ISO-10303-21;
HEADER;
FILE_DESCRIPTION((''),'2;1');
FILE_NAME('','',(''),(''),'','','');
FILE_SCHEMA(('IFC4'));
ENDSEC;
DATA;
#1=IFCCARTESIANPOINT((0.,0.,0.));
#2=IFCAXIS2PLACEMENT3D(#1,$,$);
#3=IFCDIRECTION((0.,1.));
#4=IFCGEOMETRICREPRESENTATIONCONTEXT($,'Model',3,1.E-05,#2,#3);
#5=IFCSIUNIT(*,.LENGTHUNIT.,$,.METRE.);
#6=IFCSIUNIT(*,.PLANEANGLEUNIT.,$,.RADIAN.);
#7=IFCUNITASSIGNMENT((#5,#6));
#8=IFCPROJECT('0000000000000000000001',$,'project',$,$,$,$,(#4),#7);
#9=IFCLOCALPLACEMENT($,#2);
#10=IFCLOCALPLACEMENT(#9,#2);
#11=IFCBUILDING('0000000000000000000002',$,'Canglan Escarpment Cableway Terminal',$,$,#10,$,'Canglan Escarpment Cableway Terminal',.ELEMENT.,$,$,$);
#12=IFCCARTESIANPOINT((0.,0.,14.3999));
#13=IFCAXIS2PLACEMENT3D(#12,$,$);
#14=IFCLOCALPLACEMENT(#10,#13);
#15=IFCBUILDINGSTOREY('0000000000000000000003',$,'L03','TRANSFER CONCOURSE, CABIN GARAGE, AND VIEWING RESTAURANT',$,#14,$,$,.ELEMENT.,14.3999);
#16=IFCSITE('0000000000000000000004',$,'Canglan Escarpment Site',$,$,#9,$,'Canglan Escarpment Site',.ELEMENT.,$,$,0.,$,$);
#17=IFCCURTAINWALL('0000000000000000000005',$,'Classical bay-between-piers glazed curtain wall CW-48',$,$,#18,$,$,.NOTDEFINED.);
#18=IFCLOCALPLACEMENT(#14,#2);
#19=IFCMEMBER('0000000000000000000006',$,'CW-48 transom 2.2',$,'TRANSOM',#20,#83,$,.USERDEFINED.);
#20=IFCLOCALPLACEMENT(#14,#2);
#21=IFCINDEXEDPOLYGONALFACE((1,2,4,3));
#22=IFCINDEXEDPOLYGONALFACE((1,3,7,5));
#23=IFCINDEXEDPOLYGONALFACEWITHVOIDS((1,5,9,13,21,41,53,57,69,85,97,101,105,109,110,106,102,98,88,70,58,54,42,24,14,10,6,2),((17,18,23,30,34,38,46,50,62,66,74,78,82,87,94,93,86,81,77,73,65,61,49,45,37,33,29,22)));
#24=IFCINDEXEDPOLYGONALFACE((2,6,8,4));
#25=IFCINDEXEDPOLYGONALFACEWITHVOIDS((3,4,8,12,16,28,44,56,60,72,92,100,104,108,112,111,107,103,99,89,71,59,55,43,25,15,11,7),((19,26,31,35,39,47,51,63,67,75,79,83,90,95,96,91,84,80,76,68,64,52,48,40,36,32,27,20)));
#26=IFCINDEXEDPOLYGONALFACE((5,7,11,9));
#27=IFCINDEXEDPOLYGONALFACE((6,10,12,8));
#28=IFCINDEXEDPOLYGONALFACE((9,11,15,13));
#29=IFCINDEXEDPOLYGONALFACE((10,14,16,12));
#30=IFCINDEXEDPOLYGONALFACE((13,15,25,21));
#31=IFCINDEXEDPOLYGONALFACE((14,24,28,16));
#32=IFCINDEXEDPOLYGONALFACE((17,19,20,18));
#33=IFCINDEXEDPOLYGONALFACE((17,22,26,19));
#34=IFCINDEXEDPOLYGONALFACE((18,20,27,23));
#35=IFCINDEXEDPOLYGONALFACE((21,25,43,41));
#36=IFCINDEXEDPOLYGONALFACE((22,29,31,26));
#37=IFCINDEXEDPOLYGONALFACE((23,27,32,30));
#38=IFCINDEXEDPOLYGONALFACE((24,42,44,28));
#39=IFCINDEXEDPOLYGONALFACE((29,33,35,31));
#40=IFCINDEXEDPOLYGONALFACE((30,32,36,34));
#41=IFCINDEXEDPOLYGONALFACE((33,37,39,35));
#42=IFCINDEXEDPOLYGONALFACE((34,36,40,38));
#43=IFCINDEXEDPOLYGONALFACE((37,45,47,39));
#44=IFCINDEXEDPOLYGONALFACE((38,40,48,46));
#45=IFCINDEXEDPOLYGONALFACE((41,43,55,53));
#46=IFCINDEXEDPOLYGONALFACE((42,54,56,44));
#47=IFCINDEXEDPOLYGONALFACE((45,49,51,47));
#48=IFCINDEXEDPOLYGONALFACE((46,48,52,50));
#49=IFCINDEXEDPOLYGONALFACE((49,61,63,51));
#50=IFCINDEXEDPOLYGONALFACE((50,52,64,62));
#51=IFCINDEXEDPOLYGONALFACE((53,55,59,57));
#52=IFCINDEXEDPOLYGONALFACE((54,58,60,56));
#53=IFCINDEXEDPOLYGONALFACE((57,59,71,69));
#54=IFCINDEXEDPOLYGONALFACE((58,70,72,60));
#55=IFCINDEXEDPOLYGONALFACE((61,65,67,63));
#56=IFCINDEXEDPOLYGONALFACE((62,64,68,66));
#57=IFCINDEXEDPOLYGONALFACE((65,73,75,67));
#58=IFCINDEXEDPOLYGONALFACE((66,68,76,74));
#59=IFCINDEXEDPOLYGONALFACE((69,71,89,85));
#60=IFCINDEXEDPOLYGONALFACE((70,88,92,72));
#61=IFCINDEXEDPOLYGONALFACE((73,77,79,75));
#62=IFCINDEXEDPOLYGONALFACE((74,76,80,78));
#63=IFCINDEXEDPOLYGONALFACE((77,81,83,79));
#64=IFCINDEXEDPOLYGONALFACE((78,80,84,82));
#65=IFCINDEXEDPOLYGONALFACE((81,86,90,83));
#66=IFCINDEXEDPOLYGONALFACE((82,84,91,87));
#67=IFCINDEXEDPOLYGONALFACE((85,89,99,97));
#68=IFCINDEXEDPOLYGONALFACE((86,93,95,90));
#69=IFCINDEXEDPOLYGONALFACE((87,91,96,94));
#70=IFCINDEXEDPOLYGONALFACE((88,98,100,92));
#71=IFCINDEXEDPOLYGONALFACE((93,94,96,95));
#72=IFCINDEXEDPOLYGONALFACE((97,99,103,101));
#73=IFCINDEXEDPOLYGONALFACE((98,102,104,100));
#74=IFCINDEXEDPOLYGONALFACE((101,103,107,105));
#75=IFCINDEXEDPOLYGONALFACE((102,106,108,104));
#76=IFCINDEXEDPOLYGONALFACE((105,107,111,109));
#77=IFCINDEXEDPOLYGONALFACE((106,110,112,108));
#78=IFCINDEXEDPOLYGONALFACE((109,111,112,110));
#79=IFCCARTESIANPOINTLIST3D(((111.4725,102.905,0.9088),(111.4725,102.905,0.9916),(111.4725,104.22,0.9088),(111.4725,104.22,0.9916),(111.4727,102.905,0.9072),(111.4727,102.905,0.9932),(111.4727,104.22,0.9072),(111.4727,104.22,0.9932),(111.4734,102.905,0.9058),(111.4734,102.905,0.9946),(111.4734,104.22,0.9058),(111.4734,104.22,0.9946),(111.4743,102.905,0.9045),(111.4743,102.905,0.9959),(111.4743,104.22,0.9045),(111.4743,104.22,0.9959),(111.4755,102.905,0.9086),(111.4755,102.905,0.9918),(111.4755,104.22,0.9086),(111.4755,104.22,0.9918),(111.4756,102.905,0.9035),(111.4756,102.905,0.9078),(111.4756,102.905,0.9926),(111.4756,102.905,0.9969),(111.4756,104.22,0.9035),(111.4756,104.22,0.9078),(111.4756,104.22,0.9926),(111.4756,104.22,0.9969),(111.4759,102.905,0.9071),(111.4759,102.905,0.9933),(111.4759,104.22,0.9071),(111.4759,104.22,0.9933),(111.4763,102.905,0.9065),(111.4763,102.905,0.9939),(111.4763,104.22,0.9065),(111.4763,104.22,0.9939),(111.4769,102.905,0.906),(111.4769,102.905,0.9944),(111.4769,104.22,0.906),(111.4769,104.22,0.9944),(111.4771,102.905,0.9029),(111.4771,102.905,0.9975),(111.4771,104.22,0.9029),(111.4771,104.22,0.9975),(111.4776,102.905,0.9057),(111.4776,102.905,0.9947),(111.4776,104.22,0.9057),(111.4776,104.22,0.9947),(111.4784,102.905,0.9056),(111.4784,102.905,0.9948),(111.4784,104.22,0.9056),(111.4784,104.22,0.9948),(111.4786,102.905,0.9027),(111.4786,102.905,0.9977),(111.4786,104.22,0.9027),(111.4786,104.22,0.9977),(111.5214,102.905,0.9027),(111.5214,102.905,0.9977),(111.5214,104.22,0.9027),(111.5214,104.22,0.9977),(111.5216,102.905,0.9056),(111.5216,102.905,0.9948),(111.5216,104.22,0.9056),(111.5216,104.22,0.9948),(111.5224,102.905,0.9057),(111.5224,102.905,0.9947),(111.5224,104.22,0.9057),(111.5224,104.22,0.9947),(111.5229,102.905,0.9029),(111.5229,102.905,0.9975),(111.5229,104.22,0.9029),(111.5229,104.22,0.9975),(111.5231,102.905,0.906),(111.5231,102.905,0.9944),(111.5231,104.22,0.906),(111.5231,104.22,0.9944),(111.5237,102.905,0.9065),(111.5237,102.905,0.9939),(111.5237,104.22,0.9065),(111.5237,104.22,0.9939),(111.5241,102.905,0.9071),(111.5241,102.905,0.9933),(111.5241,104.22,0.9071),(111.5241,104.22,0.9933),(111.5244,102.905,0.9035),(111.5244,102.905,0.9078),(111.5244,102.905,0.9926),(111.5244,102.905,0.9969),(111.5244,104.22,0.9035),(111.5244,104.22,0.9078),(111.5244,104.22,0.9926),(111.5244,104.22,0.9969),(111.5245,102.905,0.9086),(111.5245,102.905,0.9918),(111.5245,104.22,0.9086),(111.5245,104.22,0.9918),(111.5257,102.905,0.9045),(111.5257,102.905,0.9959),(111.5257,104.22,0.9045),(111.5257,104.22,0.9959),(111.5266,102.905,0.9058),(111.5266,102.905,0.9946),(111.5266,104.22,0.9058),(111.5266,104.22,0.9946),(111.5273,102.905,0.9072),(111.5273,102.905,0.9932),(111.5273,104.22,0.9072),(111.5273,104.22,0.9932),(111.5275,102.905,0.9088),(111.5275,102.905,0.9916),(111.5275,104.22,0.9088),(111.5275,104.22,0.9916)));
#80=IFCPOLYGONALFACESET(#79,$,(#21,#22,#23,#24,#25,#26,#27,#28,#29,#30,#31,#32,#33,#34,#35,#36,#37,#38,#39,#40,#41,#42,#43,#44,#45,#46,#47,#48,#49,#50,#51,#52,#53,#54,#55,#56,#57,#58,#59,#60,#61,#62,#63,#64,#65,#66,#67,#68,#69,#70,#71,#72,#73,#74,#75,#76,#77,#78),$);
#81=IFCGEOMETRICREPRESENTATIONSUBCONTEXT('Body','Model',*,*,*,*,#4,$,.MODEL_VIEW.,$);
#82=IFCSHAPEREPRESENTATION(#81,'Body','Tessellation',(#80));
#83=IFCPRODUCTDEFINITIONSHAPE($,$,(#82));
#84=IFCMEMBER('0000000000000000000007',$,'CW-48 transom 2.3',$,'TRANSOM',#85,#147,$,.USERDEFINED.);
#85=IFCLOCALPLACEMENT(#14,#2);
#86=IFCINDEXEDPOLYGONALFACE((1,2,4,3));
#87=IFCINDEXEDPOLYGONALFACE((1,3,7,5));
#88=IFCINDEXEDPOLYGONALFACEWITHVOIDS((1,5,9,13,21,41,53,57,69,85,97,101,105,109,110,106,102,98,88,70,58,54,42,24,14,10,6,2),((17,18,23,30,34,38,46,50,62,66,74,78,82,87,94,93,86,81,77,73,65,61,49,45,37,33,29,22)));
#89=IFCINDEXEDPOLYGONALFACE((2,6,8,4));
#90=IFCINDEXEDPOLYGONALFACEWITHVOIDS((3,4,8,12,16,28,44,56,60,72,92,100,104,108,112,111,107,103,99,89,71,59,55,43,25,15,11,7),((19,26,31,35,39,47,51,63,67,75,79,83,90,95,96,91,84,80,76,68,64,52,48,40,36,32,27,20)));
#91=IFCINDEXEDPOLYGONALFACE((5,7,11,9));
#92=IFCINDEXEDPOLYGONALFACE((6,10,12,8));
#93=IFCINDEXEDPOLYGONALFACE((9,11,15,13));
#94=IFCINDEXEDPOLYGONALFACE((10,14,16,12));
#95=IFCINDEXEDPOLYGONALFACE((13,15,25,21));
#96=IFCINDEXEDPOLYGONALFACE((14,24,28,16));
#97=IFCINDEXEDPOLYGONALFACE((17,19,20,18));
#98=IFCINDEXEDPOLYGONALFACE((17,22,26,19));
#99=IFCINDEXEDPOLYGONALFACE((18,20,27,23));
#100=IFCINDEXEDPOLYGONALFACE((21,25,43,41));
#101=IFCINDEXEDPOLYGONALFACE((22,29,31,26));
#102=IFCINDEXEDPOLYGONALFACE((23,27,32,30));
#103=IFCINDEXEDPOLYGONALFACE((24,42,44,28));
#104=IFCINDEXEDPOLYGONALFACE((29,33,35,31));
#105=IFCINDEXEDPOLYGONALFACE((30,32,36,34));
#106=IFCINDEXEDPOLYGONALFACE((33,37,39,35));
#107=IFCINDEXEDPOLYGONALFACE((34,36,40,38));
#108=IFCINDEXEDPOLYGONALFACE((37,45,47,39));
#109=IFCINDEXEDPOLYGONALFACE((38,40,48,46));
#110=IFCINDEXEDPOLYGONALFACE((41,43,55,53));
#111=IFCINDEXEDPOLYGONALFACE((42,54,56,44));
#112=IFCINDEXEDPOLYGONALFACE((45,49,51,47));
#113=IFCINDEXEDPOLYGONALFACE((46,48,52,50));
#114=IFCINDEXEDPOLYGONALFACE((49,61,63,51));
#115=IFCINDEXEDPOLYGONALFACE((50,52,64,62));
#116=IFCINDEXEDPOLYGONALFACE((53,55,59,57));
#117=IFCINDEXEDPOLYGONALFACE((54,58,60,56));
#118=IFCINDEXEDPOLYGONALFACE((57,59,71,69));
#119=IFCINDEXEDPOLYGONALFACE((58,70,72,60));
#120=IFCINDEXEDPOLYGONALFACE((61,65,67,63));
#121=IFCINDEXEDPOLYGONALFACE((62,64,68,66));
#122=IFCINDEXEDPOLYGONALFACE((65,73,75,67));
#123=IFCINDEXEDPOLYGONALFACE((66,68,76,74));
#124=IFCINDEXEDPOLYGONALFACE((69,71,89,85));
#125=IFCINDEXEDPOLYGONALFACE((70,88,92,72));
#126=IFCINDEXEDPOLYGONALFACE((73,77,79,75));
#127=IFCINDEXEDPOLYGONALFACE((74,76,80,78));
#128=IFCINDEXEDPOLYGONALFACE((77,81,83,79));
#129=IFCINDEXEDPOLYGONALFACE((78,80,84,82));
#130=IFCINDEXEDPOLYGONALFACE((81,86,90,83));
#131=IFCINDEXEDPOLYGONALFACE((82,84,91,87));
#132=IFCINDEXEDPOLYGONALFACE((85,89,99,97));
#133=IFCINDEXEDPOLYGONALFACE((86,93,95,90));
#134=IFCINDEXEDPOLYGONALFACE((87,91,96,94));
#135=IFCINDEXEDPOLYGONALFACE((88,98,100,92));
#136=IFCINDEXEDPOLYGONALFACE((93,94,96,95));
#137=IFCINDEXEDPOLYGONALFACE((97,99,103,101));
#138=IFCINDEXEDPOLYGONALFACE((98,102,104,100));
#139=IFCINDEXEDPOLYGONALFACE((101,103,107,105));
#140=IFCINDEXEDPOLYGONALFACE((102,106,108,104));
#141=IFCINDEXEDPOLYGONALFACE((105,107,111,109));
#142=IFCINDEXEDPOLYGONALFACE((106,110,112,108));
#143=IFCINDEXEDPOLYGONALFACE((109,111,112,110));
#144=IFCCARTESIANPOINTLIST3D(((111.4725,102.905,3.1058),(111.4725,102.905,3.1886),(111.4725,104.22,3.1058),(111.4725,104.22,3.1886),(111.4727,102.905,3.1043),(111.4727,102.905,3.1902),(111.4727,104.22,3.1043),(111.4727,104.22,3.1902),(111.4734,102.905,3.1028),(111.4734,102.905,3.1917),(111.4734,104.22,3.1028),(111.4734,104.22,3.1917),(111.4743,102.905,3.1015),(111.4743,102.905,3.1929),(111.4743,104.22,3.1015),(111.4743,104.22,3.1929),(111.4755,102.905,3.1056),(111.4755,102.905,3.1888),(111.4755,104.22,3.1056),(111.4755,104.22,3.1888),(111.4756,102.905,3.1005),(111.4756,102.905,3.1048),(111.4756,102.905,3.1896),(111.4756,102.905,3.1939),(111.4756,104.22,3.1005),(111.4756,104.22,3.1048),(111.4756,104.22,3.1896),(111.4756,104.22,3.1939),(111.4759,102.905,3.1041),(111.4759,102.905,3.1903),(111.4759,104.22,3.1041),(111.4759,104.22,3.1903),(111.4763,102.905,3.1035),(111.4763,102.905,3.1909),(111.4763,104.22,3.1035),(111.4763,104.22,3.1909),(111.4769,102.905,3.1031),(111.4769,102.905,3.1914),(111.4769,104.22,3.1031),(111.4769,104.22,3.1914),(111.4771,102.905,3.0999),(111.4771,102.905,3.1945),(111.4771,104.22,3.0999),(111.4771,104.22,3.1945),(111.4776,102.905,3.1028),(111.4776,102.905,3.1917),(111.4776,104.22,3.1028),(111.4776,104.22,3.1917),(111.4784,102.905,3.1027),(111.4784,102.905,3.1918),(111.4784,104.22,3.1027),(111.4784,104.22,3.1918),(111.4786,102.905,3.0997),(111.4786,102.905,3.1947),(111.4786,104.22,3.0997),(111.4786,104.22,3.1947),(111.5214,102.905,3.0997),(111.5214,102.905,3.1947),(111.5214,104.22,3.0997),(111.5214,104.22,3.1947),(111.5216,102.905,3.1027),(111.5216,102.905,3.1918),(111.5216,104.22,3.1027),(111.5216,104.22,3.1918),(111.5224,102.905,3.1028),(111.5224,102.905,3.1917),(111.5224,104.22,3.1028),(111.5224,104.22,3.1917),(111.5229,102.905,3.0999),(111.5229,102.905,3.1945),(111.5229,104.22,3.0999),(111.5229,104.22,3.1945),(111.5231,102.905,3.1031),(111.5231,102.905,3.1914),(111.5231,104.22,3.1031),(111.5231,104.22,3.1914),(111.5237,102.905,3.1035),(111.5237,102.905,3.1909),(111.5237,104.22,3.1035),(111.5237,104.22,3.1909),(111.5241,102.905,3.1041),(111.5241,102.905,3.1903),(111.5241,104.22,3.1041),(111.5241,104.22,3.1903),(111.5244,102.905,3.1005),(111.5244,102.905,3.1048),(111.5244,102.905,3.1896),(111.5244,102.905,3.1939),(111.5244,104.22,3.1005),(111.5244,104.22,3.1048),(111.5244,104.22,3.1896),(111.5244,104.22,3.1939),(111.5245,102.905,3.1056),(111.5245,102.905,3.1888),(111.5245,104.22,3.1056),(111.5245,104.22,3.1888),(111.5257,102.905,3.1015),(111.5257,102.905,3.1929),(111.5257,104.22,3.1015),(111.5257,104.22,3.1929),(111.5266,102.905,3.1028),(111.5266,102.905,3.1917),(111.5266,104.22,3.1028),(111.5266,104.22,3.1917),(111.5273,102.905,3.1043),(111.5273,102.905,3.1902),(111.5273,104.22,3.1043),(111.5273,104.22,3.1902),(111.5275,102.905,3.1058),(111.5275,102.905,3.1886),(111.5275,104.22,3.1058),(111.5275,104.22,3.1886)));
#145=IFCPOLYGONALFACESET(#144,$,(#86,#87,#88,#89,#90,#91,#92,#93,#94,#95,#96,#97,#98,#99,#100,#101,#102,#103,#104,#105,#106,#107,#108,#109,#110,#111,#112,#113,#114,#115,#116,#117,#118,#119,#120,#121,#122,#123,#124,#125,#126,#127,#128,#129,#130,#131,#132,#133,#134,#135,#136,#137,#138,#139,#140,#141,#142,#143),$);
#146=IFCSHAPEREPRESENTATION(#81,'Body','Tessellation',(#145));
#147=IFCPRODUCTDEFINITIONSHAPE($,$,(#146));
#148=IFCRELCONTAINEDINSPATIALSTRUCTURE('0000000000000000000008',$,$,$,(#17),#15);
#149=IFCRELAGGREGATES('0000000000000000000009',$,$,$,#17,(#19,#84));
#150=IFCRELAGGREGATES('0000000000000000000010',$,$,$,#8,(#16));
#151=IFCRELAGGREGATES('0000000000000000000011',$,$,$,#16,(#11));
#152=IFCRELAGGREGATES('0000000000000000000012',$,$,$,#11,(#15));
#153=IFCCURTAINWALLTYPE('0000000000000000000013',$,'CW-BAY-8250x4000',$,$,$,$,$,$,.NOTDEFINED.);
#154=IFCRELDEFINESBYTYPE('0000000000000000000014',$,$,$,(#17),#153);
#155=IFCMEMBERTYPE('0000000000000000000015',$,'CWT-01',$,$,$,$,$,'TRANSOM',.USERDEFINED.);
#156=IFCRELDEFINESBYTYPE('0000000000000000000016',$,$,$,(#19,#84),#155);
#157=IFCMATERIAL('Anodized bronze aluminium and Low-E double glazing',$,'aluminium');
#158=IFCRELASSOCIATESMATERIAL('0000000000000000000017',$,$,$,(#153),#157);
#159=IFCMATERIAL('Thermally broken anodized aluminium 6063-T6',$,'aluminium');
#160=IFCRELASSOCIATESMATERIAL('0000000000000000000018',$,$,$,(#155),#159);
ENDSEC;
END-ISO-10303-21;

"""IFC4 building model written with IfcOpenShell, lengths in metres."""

from ifc_helpers import new_model, si_unit, direction, frame, origin, origin_2d, place, context, subcontext, project, spatial, hollow_rectangle, extrude, material, material_profile, profile_set, type_object, element, aggregate, save


model = new_model("IFC4")

# Units and contexts
model_context = context("Model", 3, precision=1e-05, world=origin(), true_north=direction((0.0, 1.0)))
body_context = subcontext(model_context, "Body", "Model", "MODEL_VIEW")
ifc_project = project(units=[si_unit("LENGTHUNIT", "METRE"), si_unit("PLANEANGLEUNIT", "RADIAN")], contexts=[model_context])

# Site, building, storey
site_placement = place(None, origin())
site = spatial("IfcSite", under=ifc_project, at=site_placement, Name="Canglan Escarpment Site", LongName="Canglan Escarpment Site", CompositionType="ELEMENT", RefElevation=0.0)
building_placement = place(site_placement, origin())
building = spatial("IfcBuilding", under=site, at=building_placement, Name="Canglan Escarpment Cableway Terminal", LongName="Canglan Escarpment Cableway Terminal", CompositionType="ELEMENT")
storey_placement = place(building_placement, frame((0.0, 0.0, 14.3999)))
storey = spatial("IfcBuildingStorey", under=building, at=storey_placement, Name="L03", Description="TRANSFER CONCOURSE, CABIN GARAGE, AND VIEWING RESTAURANT", CompositionType="ELEMENT", Elevation=14.3999)

# Curtain wall
ifc_material_1 = material(Name="Anodized bronze aluminium and Low-E double glazing", Category="aluminium")
curtain_wall_type = type_object("IfcCurtainWallType", Name="CW-BAY-8250x4000", PredefinedType="NOTDEFINED", material=ifc_material_1)
curtain_wall_1_placement = place(storey_placement, origin())
curtain_wall_1 = element("IfcCurtainWall", 1, at=curtain_wall_1_placement, inside=storey, type_object=curtain_wall_type, Name="Classical bay-between-piers glazed curtain wall CW-48", PredefinedType="NOTDEFINED")
ifc_material_2 = material(Name="Thermally broken anodized aluminium 6063-T6", Category="aluminium")

# Members
ifc_material_profile_1 = material_profile(ifc_material_2, hollow_rectangle(XDim=0.0549, YDim=0.095, WallThickness=0.0029, InnerFilletRadius=0.0029, OuterFilletRadius=0.0061, at=origin_2d()), Name="ALU-TRAN 55x95x3")
ifc_profile_set_1 = profile_set([ifc_material_profile_1], Name="Thermally broken anodized aluminium 6063-T6")
member_type_1 = type_object("IfcMemberType", Name="CWT-01", ElementType="TRANSOM", PredefinedType="USERDEFINED", material=ifc_profile_set_1)
member_1_placement = place(storey_placement, frame((111.5, 104.22, 0.9502), z_axis=(0.0, -1.0, 0.0), x_axis=(1.0, 0.0, 0.0)))
member_1 = element("IfcMember", 2, at=member_1_placement, type_object=member_type_1, Name="CW-48 transom 2.2", ObjectType="TRANSOM", PredefinedType="USERDEFINED", context=body_context, shape_type="SweptSolid", body=[
    extrude(hollow_rectangle(XDim=0.0549, YDim=0.095, WallThickness=0.0029, InnerFilletRadius=0.0029, OuterFilletRadius=0.0061, at=origin_2d()), origin(), (0.0, 0.0, 1.0), 1.3149),
])
member_2_placement = place(storey_placement, frame((111.5, 104.22, 3.1472), z_axis=(0.0, -1.0, 0.0), x_axis=(1.0, 0.0, 0.0)))
member_2 = element("IfcMember", 3, at=member_2_placement, type_object=member_type_1, Name="CW-48 transom 2.3", ObjectType="TRANSOM", PredefinedType="USERDEFINED", context=body_context, shape_type="SweptSolid", body=[
    extrude(hollow_rectangle(XDim=0.0549, YDim=0.095, WallThickness=0.0029, InnerFilletRadius=0.0029, OuterFilletRadius=0.0061, at=origin_2d()), origin(), (0.0, 0.0, 1.0), 1.3149),
])

aggregate(curtain_wall_1, [member_1, member_2])

save(model, "model.ifc")
